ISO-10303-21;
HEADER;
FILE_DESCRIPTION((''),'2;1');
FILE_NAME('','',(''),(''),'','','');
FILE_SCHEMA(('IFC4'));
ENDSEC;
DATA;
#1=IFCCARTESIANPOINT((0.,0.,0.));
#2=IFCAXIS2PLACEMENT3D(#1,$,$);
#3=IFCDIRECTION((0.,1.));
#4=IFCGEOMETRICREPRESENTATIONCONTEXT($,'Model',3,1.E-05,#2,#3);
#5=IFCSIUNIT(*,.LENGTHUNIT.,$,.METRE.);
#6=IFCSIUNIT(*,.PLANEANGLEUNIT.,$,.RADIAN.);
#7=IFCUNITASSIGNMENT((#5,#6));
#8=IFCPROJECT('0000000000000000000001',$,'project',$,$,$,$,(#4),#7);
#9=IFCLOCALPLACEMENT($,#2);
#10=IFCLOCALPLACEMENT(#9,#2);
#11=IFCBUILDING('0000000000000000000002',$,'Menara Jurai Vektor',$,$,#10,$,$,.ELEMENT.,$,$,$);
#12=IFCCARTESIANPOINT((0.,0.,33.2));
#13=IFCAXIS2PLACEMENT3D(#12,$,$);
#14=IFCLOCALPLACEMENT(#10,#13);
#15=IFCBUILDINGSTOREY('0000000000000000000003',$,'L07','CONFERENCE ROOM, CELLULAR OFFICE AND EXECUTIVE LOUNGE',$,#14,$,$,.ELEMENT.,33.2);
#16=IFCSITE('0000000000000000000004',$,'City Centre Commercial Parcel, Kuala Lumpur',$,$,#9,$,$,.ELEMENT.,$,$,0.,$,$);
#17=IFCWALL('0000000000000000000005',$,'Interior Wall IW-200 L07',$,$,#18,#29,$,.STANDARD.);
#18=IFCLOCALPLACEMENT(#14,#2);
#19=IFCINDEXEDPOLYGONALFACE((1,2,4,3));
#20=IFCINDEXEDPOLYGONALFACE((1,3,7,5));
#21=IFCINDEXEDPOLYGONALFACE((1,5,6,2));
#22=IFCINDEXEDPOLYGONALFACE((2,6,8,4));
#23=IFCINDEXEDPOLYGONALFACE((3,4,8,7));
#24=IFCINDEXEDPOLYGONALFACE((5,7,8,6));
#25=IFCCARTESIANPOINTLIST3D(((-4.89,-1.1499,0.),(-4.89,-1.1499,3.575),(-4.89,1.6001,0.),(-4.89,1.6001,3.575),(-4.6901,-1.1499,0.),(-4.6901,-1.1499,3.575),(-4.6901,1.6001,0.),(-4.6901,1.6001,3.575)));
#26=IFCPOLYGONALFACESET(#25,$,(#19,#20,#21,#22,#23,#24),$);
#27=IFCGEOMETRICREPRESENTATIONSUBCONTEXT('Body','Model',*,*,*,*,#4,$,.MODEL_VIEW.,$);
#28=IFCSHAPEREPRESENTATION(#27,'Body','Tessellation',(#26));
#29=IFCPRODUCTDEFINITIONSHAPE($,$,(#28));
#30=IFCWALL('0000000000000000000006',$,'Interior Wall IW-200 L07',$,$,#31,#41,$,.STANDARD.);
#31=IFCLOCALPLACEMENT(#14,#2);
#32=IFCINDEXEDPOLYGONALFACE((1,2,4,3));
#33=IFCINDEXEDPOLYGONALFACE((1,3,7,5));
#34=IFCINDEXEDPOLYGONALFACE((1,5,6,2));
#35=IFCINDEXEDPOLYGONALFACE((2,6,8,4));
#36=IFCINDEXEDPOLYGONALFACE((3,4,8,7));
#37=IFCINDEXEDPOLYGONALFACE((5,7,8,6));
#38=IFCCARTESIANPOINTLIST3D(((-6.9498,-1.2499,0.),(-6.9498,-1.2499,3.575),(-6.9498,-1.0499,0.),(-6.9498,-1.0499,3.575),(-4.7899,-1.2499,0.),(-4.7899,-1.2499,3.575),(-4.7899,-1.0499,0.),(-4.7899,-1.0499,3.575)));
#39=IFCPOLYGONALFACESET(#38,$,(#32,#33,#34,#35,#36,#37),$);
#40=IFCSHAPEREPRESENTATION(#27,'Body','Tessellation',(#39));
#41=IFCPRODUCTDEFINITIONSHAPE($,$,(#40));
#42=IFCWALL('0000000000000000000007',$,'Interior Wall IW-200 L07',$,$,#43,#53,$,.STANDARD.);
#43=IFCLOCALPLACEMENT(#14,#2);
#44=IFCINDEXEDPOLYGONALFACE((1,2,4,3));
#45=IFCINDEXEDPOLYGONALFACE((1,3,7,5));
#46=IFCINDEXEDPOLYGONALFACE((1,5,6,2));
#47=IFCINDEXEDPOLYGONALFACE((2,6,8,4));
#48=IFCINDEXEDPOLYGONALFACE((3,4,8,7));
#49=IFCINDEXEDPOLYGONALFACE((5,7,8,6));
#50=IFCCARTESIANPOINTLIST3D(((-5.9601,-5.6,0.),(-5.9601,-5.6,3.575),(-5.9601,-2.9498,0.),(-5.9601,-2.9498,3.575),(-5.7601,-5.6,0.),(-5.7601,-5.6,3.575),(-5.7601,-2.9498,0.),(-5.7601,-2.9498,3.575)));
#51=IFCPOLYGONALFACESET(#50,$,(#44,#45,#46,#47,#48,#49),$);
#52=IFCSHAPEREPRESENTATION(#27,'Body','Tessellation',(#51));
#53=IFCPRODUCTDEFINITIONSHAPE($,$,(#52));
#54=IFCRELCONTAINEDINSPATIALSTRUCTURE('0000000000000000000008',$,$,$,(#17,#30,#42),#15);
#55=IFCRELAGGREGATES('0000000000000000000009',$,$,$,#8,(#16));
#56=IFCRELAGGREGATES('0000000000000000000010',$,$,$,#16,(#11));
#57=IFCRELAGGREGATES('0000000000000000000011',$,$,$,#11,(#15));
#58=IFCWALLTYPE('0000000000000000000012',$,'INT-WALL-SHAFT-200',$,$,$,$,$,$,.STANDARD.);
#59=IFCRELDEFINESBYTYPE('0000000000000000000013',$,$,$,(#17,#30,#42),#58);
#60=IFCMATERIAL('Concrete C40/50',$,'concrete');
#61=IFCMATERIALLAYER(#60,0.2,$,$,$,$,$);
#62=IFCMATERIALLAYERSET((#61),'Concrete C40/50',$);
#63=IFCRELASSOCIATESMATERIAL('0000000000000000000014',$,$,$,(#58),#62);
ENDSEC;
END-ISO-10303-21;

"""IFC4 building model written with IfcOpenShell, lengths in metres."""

from ifc_helpers import new_model, si_unit, direction, frame, frame_2d, origin, place, context, subcontext, project, spatial, rectangle, extrude, material, layer, layer_set, type_object, element, save


model = new_model("IFC4")

# Units and contexts
model_context = context("Model", 3, precision=1e-05, world=origin(), true_north=direction((0.0, 1.0)))
body_context = subcontext(model_context, "Body", "Model", "MODEL_VIEW")
ifc_project = project(units=[si_unit("LENGTHUNIT", "METRE"), si_unit("PLANEANGLEUNIT", "RADIAN")], contexts=[model_context])

# Site, building, storey
site_placement = place(None, origin())
site = spatial("IfcSite", under=ifc_project, at=site_placement, Name="City Centre Commercial Parcel, Kuala Lumpur", CompositionType="ELEMENT", RefElevation=0.0)
building_placement = place(site_placement, origin())
building = spatial("IfcBuilding", under=site, at=building_placement, Name="Menara Jurai Vektor", CompositionType="ELEMENT")
storey_placement = place(building_placement, frame((0.0, 0.0, 33.2)))
storey = spatial("IfcBuildingStorey", under=building, at=storey_placement, Name="L07", Description="CONFERENCE ROOM, CELLULAR OFFICE AND EXECUTIVE LOUNGE", CompositionType="ELEMENT", Elevation=33.2)

# Shared definitions
ifc_material_1 = material(Name="Concrete C40/50", Category="concrete")
ifc_layer_1 = layer(ifc_material_1, 0.2)
ifc_layer_set_1 = layer_set([ifc_layer_1], Name="Concrete C40/50")
wall_type_1 = type_object("IfcWallType", Name="INT-WALL-SHAFT-200", PredefinedType="STANDARD", material=ifc_layer_set_1)

# Walls
wall_1_placement = place(storey_placement, frame((-4.79, -1.1499, 0.0), z_axis=(0.0, 0.0, 1.0), x_axis=(0.0, 1.0, 0.0)))
element("IfcWall", 1, at=wall_1_placement, inside=storey, type_object=wall_type_1, Name="Interior Wall IW-200 L07", PredefinedType="STANDARD", context=body_context, shape_type="SweptSolid", body=[
    extrude(rectangle(XDim=2.75, YDim=0.2, at=frame_2d((1.375, 0.0))), origin(), (0.0, 0.0, 1.0), 3.575),
])
wall_2_placement = place(storey_placement, frame((-6.95, -1.1499, 0.0), z_axis=(0.0, 0.0, 1.0), x_axis=(1.0, 0.0, 0.0)))
element("IfcWall", 2, at=wall_2_placement, inside=storey, type_object=wall_type_1, Name="Interior Wall IW-200 L07", PredefinedType="STANDARD", context=body_context, shape_type="SweptSolid", body=[
    extrude(rectangle(XDim=2.1599, YDim=0.2, at=frame_2d((1.0801, 0.0))), origin(), (0.0, 0.0, 1.0), 3.575),
])
wall_3_placement = place(storey_placement, frame((-5.8601, -5.6001, 0.0), z_axis=(0.0, 0.0, 1.0), x_axis=(0.0, 1.0, 0.0)))
element("IfcWall", 3, at=wall_3_placement, inside=storey, type_object=wall_type_1, Name="Interior Wall IW-200 L07", PredefinedType="STANDARD", context=body_context, shape_type="SweptSolid", body=[
    extrude(rectangle(XDim=2.6501, YDim=0.2, at=frame_2d((1.3252, 0.0))), origin(), (0.0, 0.0, 1.0), 3.575),
])

save(model, "model.ifc")
